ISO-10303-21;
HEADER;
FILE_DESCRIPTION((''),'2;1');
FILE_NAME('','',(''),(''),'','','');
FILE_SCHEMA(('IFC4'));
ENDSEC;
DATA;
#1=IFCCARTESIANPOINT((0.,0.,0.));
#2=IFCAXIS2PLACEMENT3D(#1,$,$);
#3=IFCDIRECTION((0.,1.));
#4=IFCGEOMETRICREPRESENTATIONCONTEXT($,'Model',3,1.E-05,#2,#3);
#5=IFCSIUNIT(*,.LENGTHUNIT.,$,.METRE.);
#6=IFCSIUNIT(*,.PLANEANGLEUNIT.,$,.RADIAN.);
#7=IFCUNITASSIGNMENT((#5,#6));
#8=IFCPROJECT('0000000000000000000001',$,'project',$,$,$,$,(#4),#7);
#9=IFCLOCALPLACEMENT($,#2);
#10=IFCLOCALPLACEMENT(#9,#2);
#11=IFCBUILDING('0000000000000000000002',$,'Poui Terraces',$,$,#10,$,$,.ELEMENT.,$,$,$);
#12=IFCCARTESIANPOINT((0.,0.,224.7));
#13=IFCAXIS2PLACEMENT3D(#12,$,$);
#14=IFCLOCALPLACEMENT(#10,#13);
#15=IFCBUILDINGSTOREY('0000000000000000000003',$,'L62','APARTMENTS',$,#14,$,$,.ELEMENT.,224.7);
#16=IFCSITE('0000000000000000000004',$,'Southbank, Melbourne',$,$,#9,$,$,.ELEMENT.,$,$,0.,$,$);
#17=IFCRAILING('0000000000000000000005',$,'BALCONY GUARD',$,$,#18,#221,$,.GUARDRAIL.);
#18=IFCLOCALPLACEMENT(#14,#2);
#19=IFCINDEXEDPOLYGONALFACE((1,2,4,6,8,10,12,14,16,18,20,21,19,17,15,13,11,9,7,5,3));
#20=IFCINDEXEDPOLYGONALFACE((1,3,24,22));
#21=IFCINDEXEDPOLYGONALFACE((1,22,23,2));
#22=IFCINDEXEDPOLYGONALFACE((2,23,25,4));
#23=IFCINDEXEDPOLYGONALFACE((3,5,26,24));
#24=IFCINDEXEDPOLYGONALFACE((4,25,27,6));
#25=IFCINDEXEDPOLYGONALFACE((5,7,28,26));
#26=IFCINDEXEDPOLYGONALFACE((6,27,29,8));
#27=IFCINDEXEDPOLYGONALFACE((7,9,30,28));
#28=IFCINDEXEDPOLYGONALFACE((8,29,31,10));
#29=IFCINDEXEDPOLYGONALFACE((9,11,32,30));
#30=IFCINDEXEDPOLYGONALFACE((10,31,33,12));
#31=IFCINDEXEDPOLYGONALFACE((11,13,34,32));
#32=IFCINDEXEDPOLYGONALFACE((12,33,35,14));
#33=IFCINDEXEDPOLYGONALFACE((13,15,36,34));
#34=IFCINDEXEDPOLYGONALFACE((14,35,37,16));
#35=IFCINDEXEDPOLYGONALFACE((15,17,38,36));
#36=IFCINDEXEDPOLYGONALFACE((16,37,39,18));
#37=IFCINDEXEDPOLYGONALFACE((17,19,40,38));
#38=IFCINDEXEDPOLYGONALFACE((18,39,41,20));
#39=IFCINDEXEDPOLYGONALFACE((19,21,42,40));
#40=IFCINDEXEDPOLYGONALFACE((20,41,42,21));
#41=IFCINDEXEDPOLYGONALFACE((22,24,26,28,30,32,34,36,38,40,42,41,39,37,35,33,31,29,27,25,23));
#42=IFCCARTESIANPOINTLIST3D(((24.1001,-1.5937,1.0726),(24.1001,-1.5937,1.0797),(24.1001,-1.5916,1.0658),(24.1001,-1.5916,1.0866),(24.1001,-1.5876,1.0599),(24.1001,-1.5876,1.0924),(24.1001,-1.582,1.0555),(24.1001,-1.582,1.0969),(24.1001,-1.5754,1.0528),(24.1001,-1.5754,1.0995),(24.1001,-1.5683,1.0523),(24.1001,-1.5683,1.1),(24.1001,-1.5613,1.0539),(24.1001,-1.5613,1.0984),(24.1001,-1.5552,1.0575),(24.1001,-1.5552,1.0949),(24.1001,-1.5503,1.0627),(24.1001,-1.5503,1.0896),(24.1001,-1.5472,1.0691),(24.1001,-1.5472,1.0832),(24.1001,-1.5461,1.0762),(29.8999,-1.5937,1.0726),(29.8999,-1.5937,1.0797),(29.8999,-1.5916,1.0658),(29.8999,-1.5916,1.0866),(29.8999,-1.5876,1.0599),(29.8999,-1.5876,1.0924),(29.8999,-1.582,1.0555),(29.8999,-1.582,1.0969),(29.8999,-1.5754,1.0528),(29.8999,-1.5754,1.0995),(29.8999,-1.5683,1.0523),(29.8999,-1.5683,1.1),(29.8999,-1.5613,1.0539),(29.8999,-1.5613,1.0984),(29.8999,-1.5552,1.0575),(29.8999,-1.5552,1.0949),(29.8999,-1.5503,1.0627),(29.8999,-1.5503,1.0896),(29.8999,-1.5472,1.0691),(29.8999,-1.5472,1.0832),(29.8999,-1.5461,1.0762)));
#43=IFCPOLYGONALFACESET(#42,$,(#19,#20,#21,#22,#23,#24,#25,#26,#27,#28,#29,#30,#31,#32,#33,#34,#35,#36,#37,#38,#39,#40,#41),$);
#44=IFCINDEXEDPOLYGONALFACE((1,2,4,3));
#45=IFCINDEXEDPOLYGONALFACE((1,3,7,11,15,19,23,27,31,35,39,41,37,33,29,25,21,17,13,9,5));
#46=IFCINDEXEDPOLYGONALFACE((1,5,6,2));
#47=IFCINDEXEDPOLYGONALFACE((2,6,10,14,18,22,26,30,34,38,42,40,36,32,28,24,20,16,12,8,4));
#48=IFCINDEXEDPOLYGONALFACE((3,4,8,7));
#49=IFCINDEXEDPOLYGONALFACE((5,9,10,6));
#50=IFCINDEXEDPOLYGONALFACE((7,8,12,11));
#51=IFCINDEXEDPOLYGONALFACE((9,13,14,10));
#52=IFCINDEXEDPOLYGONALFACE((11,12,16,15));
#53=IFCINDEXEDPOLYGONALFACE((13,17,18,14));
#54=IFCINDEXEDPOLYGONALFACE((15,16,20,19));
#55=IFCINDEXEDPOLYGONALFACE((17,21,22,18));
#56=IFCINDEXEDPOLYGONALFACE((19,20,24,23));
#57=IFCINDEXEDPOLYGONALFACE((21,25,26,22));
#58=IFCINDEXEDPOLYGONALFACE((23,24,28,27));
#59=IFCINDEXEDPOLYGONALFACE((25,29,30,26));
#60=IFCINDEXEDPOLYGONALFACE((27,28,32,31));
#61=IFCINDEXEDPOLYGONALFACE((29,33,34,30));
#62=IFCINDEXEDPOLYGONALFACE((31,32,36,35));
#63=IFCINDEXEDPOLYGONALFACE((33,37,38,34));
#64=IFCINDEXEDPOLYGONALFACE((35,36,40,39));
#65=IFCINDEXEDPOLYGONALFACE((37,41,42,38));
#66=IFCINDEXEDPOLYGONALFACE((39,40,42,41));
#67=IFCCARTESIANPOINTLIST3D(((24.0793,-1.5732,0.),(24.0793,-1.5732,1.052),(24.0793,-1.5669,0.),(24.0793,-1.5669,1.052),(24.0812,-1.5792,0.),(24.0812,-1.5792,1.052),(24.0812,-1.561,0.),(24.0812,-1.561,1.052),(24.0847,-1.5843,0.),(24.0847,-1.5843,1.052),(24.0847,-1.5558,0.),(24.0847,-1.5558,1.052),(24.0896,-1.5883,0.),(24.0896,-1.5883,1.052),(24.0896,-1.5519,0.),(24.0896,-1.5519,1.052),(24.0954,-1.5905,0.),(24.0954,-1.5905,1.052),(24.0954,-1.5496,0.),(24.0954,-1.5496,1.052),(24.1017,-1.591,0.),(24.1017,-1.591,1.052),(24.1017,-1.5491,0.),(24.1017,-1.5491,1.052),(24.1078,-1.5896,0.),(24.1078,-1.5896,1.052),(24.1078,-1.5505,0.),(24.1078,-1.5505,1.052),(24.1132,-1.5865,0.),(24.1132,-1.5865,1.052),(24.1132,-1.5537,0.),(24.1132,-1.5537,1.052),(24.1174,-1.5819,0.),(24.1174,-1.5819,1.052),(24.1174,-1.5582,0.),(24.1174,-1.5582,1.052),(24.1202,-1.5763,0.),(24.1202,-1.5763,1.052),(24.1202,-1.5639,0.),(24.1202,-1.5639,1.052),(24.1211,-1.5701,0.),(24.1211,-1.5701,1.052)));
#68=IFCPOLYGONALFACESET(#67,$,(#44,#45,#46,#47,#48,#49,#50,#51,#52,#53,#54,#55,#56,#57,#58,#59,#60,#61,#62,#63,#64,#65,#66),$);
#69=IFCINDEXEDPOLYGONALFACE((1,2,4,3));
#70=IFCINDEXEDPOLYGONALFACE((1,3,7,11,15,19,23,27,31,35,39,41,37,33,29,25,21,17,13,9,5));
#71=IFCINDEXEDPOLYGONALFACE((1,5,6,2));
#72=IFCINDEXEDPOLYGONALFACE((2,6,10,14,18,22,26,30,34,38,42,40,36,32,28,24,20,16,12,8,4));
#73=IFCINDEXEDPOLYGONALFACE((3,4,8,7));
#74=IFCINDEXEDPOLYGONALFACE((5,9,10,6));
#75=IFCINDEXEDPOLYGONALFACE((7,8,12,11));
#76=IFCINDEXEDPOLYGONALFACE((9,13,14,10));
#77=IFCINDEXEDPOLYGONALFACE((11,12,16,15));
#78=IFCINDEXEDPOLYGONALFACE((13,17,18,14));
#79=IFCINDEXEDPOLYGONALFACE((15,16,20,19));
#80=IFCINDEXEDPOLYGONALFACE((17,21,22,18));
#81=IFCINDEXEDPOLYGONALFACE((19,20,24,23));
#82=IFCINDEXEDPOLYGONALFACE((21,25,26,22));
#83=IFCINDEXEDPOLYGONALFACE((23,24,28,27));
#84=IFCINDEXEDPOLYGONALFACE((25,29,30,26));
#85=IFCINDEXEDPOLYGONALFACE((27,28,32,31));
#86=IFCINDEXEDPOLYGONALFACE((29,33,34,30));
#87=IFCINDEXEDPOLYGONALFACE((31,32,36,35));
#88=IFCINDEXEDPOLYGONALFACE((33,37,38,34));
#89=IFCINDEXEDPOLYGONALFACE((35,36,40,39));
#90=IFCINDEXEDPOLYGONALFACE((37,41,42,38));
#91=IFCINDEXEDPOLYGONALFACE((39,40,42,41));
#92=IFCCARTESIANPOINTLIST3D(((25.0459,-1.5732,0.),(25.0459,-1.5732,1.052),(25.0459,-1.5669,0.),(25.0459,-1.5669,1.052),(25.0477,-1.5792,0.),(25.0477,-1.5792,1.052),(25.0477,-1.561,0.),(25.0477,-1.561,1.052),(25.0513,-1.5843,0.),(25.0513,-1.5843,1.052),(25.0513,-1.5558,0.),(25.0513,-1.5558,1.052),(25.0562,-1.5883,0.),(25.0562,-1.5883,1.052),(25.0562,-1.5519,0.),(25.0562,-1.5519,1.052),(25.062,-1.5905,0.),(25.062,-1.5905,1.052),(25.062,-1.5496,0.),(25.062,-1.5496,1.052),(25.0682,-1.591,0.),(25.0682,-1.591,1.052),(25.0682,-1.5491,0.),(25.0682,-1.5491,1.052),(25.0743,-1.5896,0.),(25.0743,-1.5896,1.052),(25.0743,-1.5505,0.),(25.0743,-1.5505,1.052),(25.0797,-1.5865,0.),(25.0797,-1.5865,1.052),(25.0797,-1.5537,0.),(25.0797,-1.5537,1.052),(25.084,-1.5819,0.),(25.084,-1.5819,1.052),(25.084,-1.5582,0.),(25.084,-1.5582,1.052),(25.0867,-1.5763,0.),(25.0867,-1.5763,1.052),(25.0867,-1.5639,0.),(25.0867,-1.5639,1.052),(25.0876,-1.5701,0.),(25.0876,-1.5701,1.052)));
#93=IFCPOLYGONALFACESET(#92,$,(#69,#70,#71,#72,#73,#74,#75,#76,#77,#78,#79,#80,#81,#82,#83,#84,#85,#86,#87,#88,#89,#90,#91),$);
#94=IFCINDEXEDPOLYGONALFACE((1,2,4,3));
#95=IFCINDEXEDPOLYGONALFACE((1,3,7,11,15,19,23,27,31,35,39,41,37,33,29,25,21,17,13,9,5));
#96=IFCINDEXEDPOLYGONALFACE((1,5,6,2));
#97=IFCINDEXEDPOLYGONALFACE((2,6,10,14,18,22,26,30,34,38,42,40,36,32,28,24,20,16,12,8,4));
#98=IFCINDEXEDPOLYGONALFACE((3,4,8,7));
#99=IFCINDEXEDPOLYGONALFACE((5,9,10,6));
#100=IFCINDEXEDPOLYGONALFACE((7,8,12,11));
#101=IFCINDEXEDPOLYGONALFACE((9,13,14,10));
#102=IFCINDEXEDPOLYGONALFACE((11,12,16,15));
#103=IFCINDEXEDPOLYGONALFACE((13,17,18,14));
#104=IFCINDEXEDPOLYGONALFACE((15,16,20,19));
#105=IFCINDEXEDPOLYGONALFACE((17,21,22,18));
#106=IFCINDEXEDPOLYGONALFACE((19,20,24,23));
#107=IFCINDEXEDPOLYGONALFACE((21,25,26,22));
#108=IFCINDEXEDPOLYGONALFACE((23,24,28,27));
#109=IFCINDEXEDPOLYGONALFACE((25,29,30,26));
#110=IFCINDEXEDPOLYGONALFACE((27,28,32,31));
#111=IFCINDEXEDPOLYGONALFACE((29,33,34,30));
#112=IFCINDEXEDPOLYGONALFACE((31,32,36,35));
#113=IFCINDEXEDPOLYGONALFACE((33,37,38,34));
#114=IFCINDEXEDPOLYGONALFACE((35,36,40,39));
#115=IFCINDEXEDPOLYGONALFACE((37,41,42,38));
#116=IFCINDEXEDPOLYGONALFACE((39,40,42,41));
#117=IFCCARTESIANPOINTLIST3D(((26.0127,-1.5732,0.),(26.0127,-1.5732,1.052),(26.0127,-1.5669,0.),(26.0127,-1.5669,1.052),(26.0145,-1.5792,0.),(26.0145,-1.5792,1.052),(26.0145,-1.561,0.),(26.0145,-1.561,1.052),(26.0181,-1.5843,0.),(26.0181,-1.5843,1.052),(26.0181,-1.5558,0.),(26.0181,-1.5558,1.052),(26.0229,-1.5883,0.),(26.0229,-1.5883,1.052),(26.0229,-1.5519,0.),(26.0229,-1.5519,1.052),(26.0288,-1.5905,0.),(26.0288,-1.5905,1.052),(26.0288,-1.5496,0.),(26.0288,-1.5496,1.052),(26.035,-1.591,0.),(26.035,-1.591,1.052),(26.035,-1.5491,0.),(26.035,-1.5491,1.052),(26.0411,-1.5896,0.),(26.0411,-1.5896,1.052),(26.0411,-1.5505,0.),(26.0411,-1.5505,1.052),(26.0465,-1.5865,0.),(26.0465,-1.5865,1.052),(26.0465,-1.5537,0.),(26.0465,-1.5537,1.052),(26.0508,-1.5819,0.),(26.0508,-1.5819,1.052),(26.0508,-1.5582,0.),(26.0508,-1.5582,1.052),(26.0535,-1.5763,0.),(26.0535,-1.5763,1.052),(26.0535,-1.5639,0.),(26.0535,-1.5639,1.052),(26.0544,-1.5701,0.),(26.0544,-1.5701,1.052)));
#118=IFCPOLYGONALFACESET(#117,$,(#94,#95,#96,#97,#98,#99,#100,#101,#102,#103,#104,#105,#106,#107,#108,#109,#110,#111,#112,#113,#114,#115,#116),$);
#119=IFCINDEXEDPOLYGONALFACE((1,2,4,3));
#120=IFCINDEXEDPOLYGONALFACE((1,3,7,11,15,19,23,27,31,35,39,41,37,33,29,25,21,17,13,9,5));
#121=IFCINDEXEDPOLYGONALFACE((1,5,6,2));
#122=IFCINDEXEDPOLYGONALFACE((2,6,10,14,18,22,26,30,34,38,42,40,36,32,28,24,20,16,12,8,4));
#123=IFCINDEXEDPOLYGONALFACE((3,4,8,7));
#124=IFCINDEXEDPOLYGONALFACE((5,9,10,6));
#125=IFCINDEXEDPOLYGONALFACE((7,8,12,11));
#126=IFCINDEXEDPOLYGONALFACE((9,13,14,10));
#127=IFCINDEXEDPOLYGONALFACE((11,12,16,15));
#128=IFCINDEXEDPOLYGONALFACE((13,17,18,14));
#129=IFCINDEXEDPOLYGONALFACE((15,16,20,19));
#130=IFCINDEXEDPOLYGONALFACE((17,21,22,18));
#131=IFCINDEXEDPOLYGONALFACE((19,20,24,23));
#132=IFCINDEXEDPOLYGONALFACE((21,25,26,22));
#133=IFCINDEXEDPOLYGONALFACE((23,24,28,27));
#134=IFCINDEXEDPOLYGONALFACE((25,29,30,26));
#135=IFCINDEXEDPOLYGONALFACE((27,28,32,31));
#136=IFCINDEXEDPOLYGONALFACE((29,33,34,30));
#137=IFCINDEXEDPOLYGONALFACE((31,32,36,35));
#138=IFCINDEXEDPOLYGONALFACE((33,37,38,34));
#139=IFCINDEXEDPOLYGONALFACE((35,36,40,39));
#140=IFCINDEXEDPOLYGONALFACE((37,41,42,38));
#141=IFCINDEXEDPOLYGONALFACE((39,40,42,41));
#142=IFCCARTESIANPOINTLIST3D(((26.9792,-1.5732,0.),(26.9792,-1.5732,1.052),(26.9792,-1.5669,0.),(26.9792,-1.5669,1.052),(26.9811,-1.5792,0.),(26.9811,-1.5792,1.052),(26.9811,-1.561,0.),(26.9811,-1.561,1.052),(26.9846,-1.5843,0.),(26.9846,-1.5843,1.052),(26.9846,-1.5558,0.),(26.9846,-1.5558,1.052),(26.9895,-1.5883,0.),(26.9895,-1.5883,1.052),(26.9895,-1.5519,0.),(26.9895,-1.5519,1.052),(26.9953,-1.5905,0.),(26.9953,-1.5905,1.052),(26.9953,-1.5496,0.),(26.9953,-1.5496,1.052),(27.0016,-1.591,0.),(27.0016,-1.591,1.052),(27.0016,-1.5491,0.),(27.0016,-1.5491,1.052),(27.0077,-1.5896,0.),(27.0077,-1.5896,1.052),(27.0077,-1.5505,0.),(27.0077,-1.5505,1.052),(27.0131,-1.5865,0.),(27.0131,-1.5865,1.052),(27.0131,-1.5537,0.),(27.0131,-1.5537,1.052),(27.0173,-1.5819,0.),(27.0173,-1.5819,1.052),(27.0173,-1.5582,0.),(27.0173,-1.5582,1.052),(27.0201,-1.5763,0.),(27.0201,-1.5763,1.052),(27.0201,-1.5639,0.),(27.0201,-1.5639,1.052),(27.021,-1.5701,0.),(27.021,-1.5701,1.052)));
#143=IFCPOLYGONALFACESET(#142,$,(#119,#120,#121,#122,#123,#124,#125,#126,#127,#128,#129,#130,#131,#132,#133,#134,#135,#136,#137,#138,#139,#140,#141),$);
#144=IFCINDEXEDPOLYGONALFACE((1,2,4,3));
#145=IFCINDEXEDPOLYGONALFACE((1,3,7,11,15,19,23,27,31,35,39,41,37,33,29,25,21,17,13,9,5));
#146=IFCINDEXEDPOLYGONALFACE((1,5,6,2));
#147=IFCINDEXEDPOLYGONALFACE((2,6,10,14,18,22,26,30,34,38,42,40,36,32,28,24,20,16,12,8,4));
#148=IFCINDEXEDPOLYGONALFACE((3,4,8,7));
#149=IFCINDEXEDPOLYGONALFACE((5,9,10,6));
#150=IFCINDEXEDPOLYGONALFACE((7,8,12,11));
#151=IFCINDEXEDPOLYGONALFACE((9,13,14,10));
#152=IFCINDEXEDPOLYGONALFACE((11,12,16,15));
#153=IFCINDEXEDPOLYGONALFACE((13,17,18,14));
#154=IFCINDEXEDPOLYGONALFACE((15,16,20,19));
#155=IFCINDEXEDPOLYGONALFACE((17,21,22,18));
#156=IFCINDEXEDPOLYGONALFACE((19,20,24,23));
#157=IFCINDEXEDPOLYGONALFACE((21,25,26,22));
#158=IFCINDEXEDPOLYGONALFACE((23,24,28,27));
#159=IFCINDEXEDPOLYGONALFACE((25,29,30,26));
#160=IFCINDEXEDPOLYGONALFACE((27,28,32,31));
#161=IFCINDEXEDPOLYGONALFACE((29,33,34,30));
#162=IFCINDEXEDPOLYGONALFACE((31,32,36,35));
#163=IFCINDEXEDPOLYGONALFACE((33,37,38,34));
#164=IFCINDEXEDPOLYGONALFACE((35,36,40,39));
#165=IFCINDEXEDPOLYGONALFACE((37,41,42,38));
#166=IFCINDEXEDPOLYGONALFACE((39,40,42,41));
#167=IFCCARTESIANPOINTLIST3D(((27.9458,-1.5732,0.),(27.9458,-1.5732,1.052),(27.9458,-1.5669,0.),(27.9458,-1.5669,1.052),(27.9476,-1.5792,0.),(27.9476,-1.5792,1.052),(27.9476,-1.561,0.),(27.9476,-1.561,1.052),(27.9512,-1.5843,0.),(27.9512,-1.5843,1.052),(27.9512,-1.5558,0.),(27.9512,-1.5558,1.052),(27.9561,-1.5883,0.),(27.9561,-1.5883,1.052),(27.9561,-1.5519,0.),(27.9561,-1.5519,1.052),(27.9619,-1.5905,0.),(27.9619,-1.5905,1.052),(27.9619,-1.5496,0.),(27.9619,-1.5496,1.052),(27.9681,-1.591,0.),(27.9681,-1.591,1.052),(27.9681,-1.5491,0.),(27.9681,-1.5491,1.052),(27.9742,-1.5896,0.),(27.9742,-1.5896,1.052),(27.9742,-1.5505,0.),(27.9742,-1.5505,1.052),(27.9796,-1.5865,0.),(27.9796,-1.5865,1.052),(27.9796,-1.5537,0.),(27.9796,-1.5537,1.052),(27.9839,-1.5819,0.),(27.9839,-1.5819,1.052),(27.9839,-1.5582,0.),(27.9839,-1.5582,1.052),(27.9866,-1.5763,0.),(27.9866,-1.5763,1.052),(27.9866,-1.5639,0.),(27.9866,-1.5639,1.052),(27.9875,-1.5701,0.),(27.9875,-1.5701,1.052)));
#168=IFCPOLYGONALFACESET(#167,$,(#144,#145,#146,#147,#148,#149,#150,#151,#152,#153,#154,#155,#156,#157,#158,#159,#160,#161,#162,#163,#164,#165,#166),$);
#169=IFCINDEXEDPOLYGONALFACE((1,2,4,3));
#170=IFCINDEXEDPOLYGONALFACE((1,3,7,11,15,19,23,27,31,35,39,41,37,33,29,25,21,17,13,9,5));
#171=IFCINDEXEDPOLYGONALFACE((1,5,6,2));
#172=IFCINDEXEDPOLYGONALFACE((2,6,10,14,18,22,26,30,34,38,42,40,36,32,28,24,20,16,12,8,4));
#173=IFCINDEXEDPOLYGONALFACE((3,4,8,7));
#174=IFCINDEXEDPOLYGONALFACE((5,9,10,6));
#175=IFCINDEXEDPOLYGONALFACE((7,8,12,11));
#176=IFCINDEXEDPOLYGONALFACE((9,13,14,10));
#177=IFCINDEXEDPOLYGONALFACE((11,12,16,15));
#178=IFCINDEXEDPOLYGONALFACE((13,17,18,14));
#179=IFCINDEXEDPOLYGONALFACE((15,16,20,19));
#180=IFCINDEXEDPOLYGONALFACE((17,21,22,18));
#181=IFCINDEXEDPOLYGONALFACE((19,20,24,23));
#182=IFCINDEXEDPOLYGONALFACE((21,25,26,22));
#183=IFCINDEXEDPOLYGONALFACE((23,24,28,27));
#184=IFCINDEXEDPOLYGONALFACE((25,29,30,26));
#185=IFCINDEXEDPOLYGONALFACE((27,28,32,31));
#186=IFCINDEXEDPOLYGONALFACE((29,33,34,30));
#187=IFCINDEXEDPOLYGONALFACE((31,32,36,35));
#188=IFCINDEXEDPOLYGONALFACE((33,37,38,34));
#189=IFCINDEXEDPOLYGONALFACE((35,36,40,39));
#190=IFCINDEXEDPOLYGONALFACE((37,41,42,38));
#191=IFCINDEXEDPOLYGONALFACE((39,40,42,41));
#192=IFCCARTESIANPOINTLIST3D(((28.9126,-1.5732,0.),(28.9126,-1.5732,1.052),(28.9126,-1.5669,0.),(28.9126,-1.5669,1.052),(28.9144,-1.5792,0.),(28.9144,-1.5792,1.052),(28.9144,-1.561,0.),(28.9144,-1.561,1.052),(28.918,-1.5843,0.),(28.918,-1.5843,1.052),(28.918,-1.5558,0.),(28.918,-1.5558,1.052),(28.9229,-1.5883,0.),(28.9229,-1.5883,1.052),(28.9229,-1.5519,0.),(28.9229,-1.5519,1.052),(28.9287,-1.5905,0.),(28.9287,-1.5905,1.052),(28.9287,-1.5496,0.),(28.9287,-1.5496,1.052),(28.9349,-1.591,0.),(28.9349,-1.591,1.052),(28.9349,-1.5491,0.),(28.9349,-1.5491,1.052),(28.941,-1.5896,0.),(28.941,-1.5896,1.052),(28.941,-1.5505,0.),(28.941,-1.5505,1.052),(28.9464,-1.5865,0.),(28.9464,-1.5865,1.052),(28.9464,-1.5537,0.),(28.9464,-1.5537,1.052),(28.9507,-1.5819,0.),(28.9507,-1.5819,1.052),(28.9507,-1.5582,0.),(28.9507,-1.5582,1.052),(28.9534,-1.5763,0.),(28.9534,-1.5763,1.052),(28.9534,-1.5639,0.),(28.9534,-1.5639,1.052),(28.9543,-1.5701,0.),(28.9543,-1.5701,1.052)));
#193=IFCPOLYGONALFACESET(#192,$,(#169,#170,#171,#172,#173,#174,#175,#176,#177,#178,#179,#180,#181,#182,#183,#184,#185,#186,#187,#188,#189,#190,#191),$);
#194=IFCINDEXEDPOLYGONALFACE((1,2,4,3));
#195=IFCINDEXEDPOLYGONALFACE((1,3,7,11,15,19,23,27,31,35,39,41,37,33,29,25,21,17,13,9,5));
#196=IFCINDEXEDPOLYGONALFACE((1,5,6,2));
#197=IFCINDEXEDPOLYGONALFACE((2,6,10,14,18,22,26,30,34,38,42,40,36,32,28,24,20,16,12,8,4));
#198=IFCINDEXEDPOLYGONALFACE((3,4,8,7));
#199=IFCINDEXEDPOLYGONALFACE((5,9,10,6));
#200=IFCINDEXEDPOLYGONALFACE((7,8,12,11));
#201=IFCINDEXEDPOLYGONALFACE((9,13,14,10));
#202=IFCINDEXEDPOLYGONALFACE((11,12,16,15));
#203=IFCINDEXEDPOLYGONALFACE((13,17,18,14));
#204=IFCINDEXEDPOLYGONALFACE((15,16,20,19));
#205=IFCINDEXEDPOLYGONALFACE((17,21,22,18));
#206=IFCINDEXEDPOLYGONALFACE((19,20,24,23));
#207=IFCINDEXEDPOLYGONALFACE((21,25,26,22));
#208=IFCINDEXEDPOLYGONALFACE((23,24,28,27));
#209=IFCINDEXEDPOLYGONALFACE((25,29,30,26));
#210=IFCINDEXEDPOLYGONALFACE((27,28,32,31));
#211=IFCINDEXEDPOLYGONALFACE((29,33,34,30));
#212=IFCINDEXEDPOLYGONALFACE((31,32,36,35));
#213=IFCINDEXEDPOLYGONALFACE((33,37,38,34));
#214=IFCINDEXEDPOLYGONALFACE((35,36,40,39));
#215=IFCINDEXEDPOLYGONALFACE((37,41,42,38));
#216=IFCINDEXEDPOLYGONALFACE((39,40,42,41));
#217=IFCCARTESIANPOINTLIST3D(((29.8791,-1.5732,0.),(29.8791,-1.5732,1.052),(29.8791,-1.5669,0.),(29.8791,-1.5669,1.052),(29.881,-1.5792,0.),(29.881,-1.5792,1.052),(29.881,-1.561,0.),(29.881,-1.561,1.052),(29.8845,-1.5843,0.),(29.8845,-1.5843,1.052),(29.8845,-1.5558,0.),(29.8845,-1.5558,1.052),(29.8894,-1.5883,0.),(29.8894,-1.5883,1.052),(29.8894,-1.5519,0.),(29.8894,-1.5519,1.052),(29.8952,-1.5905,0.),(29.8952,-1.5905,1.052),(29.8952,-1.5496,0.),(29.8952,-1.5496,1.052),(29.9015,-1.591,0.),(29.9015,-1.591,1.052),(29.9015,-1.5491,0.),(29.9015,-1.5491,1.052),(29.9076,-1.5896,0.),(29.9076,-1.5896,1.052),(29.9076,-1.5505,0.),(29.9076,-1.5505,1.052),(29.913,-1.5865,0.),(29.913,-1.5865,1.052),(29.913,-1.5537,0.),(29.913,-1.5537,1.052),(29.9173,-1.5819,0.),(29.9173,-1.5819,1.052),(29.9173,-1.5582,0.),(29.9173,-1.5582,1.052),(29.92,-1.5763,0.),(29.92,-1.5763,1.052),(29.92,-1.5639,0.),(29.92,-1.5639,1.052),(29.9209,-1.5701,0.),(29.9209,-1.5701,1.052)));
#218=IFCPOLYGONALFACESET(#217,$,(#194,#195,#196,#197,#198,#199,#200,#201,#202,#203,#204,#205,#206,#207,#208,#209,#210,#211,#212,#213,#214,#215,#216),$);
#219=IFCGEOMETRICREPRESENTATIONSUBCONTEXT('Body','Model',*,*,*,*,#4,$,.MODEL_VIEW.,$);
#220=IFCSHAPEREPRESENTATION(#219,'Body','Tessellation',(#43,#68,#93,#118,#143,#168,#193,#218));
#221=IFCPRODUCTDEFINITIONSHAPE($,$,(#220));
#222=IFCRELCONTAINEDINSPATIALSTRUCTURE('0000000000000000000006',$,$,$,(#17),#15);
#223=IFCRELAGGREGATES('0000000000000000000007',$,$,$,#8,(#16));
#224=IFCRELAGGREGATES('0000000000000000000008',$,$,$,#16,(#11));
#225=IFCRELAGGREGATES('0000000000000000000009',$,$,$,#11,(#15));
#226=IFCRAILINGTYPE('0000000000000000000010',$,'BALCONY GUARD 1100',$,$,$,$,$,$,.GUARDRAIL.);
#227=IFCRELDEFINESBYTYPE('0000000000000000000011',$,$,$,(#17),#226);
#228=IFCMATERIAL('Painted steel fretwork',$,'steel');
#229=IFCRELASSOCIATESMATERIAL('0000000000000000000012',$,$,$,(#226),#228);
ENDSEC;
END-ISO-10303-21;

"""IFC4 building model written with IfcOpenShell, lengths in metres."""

from ifc_helpers import new_model, si_unit, direction, frame, origin, origin_2d, place, context, subcontext, project, spatial, circle, extrude, material, type_object, element, save


model = new_model("IFC4")

# Units and contexts
model_context = context("Model", 3, precision=1e-05, world=origin(), true_north=direction((0.0, 1.0)))
body_context = subcontext(model_context, "Body", "Model", "MODEL_VIEW")
ifc_project = project(units=[si_unit("LENGTHUNIT", "METRE"), si_unit("PLANEANGLEUNIT", "RADIAN")], contexts=[model_context])

# Site, building, storey
site_placement = place(None, origin())
site = spatial("IfcSite", under=ifc_project, at=site_placement, Name="Southbank, Melbourne", CompositionType="ELEMENT", RefElevation=0.0)
building_placement = place(site_placement, origin())
building = spatial("IfcBuilding", under=site, at=building_placement, Name="Poui Terraces", CompositionType="ELEMENT")
storey_placement = place(building_placement, frame((0.0, 0.0, 224.7)))
storey = spatial("IfcBuildingStorey", under=building, at=storey_placement, Name="L62", Description="APARTMENTS", CompositionType="ELEMENT", Elevation=224.7)

# Railing
ifc_material_1 = material(Name="Painted steel fretwork", Category="steel")
railing_type = type_object("IfcRailingType", Name="BALCONY GUARD 1100", PredefinedType="GUARDRAIL", material=ifc_material_1)
railing_placement = place(storey_placement, frame((24.1001, -1.5701, 0.0)))
element("IfcRailing", 1, at=railing_placement, inside=storey, type_object=railing_type, Name="BALCONY GUARD", PredefinedType="GUARDRAIL", context=body_context, shape_type="SweptSolid", body=[
    extrude(circle(Radius=0.0239, at=origin_2d()), frame((0.0, 0.0, 1.0762), z_axis=(1.0, 0.0, 0.0), x_axis=(0.0, 1.0, 0.0)), (0.0, 0.0, 1.0), 5.7998),
    extrude(circle(Radius=0.021, at=origin_2d()), origin(), (0.0, 0.0, 1.0), 1.052),
    extrude(circle(Radius=0.021, at=origin_2d()), frame((0.9666, 0.0, 0.0)), (0.0, 0.0, 1.0), 1.052),
    extrude(circle(Radius=0.021, at=origin_2d()), frame((1.9333, 0.0, 0.0)), (0.0, 0.0, 1.0), 1.052),
    extrude(circle(Radius=0.021, at=origin_2d()), frame((2.8999, 0.0, 0.0)), (0.0, 0.0, 1.0), 1.052),
    extrude(circle(Radius=0.021, at=origin_2d()), frame((3.8665, 0.0, 0.0)), (0.0, 0.0, 1.0), 1.052),
    extrude(circle(Radius=0.021, at=origin_2d()), frame((4.8333, 0.0, 0.0)), (0.0, 0.0, 1.0), 1.052),
    extrude(circle(Radius=0.021, at=origin_2d()), frame((5.7998, 0.0, 0.0)), (0.0, 0.0, 1.0), 1.052),
])

save(model, "model.ifc")
